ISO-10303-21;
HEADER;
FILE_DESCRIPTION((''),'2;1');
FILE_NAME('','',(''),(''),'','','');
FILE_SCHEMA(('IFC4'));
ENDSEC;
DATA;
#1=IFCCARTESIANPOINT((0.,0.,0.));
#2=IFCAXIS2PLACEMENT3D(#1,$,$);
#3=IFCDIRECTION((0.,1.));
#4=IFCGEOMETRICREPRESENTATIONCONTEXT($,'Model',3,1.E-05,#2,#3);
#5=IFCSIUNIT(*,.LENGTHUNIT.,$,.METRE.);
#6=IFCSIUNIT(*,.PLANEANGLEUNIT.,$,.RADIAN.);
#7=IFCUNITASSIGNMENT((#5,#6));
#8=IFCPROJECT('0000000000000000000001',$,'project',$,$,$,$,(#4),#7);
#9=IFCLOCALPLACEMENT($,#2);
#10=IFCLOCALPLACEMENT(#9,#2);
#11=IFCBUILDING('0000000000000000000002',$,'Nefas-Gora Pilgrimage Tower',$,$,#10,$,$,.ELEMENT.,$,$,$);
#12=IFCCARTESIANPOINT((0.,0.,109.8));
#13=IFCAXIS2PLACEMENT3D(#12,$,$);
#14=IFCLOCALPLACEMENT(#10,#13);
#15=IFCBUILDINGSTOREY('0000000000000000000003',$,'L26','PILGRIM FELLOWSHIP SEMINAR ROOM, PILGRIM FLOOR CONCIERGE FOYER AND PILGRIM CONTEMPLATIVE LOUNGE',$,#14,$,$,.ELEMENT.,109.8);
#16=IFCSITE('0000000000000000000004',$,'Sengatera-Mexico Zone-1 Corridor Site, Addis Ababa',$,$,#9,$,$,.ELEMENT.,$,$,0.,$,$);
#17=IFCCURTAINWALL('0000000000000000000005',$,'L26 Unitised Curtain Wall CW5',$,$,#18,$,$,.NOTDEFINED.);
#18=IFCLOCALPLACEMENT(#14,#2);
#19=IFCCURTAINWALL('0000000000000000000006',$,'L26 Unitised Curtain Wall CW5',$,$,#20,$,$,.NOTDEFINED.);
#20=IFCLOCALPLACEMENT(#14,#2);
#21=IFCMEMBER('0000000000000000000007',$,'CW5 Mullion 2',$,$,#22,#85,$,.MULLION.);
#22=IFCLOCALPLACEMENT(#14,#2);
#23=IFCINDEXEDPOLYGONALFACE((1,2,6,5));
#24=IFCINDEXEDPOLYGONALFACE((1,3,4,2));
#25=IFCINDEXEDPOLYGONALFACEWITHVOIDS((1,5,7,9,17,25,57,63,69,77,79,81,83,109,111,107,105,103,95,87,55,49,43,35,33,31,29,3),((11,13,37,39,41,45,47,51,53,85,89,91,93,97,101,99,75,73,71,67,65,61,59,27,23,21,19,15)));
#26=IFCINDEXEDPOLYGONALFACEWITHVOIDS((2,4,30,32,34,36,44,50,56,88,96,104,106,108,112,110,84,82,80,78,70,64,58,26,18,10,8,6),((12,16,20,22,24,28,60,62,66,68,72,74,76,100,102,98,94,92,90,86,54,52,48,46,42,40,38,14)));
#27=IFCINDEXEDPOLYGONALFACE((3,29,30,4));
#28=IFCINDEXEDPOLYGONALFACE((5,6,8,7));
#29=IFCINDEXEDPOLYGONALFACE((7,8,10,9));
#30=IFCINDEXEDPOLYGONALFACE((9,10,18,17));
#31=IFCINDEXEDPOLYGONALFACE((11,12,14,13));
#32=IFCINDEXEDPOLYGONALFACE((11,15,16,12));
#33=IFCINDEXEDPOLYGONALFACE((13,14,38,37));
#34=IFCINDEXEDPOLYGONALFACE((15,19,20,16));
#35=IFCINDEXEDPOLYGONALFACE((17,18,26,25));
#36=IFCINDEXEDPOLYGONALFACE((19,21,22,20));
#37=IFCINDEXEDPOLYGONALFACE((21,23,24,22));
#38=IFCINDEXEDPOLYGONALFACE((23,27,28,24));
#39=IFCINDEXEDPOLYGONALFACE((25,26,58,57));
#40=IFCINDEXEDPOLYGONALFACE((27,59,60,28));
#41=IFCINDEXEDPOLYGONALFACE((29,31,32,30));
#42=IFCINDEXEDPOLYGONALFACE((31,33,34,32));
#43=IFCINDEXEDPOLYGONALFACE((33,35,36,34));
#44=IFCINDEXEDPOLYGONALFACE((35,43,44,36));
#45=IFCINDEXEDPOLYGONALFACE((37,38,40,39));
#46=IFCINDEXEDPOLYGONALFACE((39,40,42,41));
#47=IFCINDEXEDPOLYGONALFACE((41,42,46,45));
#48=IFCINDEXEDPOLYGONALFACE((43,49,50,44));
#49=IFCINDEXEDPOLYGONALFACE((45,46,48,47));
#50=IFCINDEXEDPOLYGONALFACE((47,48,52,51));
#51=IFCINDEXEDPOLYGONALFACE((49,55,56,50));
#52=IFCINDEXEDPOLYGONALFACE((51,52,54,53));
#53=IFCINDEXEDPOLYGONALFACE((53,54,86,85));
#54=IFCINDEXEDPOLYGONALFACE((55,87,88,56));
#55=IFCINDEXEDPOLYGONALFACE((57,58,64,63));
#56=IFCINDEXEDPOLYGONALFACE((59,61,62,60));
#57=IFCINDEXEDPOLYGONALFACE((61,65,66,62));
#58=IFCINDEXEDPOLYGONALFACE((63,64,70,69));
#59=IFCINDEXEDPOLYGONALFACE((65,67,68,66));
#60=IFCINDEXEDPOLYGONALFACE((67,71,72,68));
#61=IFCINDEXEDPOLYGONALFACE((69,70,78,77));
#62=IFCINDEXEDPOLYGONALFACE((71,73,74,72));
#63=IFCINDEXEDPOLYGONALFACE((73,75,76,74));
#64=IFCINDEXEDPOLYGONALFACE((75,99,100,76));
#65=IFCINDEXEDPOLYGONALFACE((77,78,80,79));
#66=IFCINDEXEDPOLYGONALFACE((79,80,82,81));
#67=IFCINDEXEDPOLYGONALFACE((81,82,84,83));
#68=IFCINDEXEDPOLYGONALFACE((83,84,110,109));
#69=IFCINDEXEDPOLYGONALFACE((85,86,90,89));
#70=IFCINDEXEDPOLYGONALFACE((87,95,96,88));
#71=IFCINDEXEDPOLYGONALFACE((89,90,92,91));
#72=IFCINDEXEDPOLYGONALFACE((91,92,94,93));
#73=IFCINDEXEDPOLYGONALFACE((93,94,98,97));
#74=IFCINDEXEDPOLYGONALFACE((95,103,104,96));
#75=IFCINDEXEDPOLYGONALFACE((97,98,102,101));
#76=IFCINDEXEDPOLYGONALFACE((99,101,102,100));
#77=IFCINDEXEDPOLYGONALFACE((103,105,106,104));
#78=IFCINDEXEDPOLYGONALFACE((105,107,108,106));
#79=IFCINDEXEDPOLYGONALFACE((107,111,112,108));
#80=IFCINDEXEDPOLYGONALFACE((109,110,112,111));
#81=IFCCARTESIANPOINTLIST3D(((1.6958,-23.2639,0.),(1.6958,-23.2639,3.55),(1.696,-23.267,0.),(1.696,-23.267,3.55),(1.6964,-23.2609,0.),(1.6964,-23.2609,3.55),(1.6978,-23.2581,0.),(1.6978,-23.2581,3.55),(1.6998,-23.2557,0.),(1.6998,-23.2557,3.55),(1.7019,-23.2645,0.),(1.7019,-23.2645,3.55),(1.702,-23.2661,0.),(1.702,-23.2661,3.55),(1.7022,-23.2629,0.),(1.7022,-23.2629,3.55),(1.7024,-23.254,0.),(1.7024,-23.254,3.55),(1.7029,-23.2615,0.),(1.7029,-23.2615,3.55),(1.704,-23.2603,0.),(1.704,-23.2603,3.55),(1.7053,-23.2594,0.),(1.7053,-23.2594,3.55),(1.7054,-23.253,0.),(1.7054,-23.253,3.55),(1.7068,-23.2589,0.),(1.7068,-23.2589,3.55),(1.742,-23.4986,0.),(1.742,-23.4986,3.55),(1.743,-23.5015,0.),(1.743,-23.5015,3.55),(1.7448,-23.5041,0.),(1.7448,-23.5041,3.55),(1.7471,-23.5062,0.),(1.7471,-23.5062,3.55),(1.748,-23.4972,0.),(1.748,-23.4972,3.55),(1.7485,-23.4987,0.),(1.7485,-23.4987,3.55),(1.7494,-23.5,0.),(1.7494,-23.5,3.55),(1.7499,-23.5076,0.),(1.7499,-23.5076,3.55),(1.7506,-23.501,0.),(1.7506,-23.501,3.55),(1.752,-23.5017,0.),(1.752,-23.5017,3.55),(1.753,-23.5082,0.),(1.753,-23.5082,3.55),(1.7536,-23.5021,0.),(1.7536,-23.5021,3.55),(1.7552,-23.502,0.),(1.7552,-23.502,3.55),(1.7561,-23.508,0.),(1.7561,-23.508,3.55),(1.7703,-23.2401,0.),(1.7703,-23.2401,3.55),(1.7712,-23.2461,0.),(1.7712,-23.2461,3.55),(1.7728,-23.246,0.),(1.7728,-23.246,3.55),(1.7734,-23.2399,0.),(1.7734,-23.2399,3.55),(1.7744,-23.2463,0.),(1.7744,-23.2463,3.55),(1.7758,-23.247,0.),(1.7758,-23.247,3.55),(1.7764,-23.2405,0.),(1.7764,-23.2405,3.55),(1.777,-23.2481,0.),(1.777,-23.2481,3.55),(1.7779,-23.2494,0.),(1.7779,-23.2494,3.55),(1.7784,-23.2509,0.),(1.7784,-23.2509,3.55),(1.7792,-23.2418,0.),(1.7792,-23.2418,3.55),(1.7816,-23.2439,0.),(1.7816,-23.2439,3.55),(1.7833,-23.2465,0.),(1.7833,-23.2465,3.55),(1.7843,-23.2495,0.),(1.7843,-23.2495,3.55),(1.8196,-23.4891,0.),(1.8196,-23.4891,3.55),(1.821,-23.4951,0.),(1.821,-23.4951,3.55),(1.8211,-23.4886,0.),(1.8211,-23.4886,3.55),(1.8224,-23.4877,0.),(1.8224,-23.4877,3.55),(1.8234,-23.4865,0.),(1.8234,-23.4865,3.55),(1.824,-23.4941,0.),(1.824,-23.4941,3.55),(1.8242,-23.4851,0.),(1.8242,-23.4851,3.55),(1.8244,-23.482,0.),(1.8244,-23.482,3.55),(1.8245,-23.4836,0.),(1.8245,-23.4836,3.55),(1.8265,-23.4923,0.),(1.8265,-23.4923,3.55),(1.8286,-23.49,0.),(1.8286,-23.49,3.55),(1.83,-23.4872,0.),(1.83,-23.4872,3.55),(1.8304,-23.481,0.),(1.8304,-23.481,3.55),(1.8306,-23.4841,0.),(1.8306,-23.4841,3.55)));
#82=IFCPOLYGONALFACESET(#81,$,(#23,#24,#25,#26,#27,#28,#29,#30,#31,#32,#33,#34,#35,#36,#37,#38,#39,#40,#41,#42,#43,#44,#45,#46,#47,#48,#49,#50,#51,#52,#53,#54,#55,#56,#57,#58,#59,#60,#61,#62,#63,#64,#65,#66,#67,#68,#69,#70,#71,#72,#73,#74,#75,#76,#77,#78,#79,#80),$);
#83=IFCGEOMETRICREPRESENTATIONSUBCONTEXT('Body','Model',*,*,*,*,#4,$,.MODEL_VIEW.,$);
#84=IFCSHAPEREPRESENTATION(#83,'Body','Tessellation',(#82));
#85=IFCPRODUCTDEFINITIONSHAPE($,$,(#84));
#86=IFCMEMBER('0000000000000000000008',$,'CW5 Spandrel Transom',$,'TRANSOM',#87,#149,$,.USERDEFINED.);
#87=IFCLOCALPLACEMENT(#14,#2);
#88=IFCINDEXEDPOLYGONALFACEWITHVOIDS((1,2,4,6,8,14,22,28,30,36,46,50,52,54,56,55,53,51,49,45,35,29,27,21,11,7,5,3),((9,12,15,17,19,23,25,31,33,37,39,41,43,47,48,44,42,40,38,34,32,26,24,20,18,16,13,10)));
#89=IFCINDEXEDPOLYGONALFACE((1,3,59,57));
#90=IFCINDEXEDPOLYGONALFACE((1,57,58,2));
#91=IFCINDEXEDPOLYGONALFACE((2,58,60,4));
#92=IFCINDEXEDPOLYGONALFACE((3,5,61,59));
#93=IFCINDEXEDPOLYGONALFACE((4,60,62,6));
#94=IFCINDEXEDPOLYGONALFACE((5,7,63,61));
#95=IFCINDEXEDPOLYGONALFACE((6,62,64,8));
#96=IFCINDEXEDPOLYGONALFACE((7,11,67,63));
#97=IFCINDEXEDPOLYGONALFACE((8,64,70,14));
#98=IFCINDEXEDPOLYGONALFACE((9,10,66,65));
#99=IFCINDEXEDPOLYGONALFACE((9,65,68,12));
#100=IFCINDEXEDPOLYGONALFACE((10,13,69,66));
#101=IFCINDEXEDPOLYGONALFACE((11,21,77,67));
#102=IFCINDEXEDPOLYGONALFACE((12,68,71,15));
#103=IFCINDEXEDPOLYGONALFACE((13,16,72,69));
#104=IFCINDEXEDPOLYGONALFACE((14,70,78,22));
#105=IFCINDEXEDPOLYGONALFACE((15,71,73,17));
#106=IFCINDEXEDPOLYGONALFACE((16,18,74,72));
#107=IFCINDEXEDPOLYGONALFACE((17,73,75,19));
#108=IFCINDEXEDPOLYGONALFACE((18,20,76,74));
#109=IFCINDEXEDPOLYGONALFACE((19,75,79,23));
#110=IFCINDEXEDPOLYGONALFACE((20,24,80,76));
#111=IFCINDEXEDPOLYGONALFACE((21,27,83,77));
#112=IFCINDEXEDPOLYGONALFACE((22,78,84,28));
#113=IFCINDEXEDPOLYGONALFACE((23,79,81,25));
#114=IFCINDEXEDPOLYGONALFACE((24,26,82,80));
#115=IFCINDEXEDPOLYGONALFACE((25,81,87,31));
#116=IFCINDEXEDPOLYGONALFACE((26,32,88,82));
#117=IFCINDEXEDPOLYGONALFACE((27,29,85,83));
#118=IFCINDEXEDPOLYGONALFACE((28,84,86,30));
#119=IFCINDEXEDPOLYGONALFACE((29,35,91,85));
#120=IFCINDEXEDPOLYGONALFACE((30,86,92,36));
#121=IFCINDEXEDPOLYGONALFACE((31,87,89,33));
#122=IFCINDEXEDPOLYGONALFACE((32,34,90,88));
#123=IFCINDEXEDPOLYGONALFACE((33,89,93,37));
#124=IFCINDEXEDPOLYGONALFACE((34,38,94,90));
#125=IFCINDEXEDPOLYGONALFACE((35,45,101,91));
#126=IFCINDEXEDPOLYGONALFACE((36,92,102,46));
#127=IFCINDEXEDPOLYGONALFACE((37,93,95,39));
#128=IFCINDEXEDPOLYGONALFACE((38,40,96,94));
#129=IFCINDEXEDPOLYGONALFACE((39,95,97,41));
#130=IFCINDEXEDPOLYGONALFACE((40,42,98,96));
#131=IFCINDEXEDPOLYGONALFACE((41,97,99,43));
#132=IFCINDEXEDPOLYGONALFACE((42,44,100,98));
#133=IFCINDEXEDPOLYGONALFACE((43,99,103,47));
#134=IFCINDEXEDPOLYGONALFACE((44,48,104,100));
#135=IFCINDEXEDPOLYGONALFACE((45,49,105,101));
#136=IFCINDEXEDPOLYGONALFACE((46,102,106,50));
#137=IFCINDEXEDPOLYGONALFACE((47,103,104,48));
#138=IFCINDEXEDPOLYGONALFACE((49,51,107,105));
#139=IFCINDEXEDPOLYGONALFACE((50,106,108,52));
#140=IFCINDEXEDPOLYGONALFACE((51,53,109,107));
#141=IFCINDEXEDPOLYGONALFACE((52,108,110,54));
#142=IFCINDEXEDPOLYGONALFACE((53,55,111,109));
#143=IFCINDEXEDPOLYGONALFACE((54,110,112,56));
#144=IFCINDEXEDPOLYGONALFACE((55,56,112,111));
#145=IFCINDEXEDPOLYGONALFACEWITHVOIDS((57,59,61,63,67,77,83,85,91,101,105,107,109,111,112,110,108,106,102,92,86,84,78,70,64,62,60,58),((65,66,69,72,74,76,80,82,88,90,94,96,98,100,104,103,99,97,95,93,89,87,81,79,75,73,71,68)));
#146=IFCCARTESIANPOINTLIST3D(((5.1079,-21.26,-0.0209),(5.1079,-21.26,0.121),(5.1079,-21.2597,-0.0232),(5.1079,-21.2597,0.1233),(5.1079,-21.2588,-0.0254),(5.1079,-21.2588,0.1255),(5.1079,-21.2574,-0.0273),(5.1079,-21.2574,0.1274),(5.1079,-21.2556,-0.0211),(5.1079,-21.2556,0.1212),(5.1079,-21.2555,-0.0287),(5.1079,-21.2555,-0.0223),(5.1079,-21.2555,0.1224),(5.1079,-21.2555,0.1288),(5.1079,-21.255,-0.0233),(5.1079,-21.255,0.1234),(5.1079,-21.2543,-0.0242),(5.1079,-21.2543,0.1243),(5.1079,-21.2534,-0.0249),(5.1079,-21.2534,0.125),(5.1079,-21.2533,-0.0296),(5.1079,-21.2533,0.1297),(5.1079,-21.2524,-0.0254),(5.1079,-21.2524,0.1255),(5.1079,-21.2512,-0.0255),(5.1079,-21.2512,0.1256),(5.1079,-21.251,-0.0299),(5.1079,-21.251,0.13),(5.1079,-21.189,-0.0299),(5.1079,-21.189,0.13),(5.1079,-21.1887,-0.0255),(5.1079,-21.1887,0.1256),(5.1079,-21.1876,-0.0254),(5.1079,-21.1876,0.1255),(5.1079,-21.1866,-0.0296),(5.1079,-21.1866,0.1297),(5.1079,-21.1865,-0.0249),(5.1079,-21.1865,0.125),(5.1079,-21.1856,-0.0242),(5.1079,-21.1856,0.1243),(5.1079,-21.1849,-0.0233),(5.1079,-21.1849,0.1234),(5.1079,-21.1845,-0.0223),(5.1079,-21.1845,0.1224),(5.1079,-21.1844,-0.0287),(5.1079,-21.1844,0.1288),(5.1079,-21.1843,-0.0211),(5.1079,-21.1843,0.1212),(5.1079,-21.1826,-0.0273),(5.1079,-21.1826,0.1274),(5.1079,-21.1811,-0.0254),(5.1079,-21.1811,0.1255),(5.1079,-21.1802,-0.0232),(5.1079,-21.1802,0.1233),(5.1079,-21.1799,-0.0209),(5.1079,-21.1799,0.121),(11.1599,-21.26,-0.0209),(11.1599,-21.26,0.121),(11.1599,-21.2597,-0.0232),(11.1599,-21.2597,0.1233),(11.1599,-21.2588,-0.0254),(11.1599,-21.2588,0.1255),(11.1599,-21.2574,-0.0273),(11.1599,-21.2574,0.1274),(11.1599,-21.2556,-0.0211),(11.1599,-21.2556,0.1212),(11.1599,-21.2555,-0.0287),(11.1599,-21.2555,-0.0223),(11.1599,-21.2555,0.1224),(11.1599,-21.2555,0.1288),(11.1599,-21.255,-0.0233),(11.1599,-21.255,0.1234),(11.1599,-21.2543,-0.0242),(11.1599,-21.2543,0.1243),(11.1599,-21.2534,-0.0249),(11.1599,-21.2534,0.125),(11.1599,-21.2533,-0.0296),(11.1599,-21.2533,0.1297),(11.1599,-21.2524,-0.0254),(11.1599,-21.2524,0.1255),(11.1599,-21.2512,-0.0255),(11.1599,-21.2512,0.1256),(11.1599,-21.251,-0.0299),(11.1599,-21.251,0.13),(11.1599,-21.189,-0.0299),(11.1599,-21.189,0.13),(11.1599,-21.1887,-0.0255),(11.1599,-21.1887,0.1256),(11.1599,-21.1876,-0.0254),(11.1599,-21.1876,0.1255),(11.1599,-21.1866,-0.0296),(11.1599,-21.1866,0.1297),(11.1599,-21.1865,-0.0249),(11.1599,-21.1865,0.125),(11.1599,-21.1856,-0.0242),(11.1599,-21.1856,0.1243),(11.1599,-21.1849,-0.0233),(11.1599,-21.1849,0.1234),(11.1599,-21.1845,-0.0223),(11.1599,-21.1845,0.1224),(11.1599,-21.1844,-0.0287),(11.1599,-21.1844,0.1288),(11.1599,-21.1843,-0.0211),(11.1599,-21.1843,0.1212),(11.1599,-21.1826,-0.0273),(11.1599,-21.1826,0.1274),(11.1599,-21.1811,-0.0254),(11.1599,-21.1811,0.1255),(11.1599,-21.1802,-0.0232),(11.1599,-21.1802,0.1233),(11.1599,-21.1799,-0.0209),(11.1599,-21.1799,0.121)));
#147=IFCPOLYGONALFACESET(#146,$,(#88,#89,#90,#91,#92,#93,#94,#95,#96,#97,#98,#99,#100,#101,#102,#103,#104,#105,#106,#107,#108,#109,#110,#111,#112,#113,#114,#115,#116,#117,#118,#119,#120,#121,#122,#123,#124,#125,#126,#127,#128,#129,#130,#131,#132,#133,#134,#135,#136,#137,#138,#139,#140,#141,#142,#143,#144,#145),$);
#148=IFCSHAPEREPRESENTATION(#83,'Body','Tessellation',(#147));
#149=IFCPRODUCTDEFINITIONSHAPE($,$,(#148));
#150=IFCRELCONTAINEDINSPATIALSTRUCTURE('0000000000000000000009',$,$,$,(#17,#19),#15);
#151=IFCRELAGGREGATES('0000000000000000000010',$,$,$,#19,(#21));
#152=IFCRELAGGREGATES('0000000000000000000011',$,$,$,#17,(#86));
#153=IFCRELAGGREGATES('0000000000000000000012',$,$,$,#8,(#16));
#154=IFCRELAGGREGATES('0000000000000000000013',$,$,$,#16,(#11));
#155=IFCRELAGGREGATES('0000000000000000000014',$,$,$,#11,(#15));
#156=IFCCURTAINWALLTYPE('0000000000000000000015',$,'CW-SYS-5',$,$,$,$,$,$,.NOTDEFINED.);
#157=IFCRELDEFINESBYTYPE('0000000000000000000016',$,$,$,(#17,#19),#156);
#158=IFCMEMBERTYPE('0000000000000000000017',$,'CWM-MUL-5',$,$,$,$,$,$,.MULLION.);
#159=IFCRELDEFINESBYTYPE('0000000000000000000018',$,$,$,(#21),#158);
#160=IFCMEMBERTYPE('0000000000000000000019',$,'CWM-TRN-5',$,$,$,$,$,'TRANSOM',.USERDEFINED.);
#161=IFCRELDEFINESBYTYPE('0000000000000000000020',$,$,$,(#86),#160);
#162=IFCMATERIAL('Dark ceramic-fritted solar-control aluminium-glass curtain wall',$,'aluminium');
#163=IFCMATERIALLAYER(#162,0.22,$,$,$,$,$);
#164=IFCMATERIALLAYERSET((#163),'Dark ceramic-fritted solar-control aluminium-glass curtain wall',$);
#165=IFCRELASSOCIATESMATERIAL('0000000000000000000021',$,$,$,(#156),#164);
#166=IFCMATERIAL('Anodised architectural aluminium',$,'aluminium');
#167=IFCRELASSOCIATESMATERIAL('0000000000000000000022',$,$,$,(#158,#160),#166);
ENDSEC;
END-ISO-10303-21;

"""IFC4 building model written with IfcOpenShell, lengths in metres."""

from ifc_helpers import new_model, si_unit, direction, frame, origin, origin_2d, place, context, subcontext, project, spatial, hollow_rectangle, extrude, source, transform, mapped, material, layer, layer_set, material_profile, profile_set, type_object, element, aggregate, save


model = new_model("IFC4")

# Units and contexts
model_context = context("Model", 3, precision=1e-05, world=origin(), true_north=direction((0.0, 1.0)))
body_context = subcontext(model_context, "Body", "Model", "MODEL_VIEW")
ifc_project = project(units=[si_unit("LENGTHUNIT", "METRE"), si_unit("PLANEANGLEUNIT", "RADIAN")], contexts=[model_context])

# Site, building, storey
site_placement = place(None, origin())
site = spatial("IfcSite", under=ifc_project, at=site_placement, Name="Sengatera-Mexico Zone-1 Corridor Site, Addis Ababa", CompositionType="ELEMENT", RefElevation=0.0)
building_placement = place(site_placement, origin())
building = spatial("IfcBuilding", under=site, at=building_placement, Name="Nefas-Gora Pilgrimage Tower", CompositionType="ELEMENT")
storey_placement = place(building_placement, frame((0.0, 0.0, 109.8)))
storey = spatial("IfcBuildingStorey", under=building, at=storey_placement, Name="L26", Description="PILGRIM FELLOWSHIP SEMINAR ROOM, PILGRIM FLOOR CONCIERGE FOYER AND PILGRIM CONTEMPLATIVE LOUNGE", CompositionType="ELEMENT", Elevation=109.8)

# Curtain wall
ifc_material_1 = material(Name="Dark ceramic-fritted solar-control aluminium-glass curtain wall", Category="aluminium")
ifc_layer_1 = layer(ifc_material_1, 0.22)
ifc_layer_set_1 = layer_set([ifc_layer_1], Name="Dark ceramic-fritted solar-control aluminium-glass curtain wall")
curtain_wall_type_1 = type_object("IfcCurtainWallType", Name="CW-SYS-5", PredefinedType="NOTDEFINED", material=ifc_layer_set_1)
curtain_wall_1_placement = place(storey_placement, origin())
curtain_wall_1 = element("IfcCurtainWall", 1, at=curtain_wall_1_placement, inside=storey, type_object=curtain_wall_type_1, Name="L26 Unitised Curtain Wall CW5", PredefinedType="NOTDEFINED")
ifc_material_2 = material(Name="Anodised architectural aluminium", Category="aluminium")
ifc_material_profile_1 = material_profile(ifc_material_2, hollow_rectangle(XDim=0.0901, YDim=0.26, WallThickness=0.0061, InnerFilletRadius=0.0061, OuterFilletRadius=0.012, at=origin_2d()), Name="ALU MULLION 90x260")
ifc_profile_set_1 = profile_set([ifc_material_profile_1], Name="Anodised architectural aluminium")
member_type_1 = type_object("IfcMemberType", Name="CWM-MUL-5", PredefinedType="MULLION", material=ifc_profile_set_1)
shared_shape_1 = source(origin(), body_context, "Body", "SweptSolid", [
    extrude(hollow_rectangle(XDim=0.0901, YDim=0.26, WallThickness=0.0061, InnerFilletRadius=0.0061, OuterFilletRadius=0.012, at=origin_2d()), origin(), (0.0, 0.0, 1.0), 3.55),
])

# Curtain wall, member
curtain_wall_2_placement = place(storey_placement, origin())
curtain_wall_2 = element("IfcCurtainWall", 2, at=curtain_wall_2_placement, inside=storey, type_object=curtain_wall_type_1, Name="L26 Unitised Curtain Wall CW5", PredefinedType="NOTDEFINED")
member_1_placement = place(storey_placement, frame((1.7632, -23.374, 0.0), z_axis=(0.0, 0.0, 1.0), x_axis=(0.980783, 0.195102, 0.0)))
member_1 = element("IfcMember", 3, at=member_1_placement, type_object=member_type_1, Name="CW5 Mullion 2", PredefinedType="MULLION", context=body_context, shape_type="MappedRepresentation", body=[
    mapped(shared_shape_1, transform((0.0, 0.0, 0.0), x_axis=(1.0, 0.0, 0.0), y_axis=(0.0, 1.0, 0.0), z_axis=(0.0, 0.0, 1.0), scale=1.0)),
])
aggregate(curtain_wall_2, [member_1])

# Member
ifc_material_profile_2 = material_profile(ifc_material_2, hollow_rectangle(XDim=0.0801, YDim=0.1599, WallThickness=0.0044, InnerFilletRadius=0.0044, OuterFilletRadius=0.009, at=origin_2d()), Name="ALU TRANSOM 80x160")
ifc_profile_set_2 = profile_set([ifc_material_profile_2], Name="Anodised architectural aluminium")
member_type_2 = type_object("IfcMemberType", Name="CWM-TRN-5", ElementType="TRANSOM", PredefinedType="USERDEFINED", material=ifc_profile_set_2)
shared_shape_2 = source(origin(), body_context, "Body", "SweptSolid", [
    extrude(hollow_rectangle(XDim=0.0801, YDim=0.1599, WallThickness=0.0044, InnerFilletRadius=0.0044, OuterFilletRadius=0.009, at=origin_2d()), origin(), (0.0, 0.0, 1.0), 6.052),
])
member_2_placement = place(storey_placement, frame((5.1079, -21.22, 0.05), z_axis=(1.0, 0.0, 0.0), x_axis=(0.0, 1.0, 0.0)))
member_2 = element("IfcMember", 4, at=member_2_placement, type_object=member_type_2, Name="CW5 Spandrel Transom", ObjectType="TRANSOM", PredefinedType="USERDEFINED", context=body_context, shape_type="MappedRepresentation", body=[
    mapped(shared_shape_2, transform((0.0, 0.0, 0.0), x_axis=(1.0, 0.0, 0.0), y_axis=(0.0, 1.0, 0.0), z_axis=(0.0, 0.0, 1.0), scale=1.0)),
])

aggregate(curtain_wall_1, [member_2])

save(model, "model.ifc")
